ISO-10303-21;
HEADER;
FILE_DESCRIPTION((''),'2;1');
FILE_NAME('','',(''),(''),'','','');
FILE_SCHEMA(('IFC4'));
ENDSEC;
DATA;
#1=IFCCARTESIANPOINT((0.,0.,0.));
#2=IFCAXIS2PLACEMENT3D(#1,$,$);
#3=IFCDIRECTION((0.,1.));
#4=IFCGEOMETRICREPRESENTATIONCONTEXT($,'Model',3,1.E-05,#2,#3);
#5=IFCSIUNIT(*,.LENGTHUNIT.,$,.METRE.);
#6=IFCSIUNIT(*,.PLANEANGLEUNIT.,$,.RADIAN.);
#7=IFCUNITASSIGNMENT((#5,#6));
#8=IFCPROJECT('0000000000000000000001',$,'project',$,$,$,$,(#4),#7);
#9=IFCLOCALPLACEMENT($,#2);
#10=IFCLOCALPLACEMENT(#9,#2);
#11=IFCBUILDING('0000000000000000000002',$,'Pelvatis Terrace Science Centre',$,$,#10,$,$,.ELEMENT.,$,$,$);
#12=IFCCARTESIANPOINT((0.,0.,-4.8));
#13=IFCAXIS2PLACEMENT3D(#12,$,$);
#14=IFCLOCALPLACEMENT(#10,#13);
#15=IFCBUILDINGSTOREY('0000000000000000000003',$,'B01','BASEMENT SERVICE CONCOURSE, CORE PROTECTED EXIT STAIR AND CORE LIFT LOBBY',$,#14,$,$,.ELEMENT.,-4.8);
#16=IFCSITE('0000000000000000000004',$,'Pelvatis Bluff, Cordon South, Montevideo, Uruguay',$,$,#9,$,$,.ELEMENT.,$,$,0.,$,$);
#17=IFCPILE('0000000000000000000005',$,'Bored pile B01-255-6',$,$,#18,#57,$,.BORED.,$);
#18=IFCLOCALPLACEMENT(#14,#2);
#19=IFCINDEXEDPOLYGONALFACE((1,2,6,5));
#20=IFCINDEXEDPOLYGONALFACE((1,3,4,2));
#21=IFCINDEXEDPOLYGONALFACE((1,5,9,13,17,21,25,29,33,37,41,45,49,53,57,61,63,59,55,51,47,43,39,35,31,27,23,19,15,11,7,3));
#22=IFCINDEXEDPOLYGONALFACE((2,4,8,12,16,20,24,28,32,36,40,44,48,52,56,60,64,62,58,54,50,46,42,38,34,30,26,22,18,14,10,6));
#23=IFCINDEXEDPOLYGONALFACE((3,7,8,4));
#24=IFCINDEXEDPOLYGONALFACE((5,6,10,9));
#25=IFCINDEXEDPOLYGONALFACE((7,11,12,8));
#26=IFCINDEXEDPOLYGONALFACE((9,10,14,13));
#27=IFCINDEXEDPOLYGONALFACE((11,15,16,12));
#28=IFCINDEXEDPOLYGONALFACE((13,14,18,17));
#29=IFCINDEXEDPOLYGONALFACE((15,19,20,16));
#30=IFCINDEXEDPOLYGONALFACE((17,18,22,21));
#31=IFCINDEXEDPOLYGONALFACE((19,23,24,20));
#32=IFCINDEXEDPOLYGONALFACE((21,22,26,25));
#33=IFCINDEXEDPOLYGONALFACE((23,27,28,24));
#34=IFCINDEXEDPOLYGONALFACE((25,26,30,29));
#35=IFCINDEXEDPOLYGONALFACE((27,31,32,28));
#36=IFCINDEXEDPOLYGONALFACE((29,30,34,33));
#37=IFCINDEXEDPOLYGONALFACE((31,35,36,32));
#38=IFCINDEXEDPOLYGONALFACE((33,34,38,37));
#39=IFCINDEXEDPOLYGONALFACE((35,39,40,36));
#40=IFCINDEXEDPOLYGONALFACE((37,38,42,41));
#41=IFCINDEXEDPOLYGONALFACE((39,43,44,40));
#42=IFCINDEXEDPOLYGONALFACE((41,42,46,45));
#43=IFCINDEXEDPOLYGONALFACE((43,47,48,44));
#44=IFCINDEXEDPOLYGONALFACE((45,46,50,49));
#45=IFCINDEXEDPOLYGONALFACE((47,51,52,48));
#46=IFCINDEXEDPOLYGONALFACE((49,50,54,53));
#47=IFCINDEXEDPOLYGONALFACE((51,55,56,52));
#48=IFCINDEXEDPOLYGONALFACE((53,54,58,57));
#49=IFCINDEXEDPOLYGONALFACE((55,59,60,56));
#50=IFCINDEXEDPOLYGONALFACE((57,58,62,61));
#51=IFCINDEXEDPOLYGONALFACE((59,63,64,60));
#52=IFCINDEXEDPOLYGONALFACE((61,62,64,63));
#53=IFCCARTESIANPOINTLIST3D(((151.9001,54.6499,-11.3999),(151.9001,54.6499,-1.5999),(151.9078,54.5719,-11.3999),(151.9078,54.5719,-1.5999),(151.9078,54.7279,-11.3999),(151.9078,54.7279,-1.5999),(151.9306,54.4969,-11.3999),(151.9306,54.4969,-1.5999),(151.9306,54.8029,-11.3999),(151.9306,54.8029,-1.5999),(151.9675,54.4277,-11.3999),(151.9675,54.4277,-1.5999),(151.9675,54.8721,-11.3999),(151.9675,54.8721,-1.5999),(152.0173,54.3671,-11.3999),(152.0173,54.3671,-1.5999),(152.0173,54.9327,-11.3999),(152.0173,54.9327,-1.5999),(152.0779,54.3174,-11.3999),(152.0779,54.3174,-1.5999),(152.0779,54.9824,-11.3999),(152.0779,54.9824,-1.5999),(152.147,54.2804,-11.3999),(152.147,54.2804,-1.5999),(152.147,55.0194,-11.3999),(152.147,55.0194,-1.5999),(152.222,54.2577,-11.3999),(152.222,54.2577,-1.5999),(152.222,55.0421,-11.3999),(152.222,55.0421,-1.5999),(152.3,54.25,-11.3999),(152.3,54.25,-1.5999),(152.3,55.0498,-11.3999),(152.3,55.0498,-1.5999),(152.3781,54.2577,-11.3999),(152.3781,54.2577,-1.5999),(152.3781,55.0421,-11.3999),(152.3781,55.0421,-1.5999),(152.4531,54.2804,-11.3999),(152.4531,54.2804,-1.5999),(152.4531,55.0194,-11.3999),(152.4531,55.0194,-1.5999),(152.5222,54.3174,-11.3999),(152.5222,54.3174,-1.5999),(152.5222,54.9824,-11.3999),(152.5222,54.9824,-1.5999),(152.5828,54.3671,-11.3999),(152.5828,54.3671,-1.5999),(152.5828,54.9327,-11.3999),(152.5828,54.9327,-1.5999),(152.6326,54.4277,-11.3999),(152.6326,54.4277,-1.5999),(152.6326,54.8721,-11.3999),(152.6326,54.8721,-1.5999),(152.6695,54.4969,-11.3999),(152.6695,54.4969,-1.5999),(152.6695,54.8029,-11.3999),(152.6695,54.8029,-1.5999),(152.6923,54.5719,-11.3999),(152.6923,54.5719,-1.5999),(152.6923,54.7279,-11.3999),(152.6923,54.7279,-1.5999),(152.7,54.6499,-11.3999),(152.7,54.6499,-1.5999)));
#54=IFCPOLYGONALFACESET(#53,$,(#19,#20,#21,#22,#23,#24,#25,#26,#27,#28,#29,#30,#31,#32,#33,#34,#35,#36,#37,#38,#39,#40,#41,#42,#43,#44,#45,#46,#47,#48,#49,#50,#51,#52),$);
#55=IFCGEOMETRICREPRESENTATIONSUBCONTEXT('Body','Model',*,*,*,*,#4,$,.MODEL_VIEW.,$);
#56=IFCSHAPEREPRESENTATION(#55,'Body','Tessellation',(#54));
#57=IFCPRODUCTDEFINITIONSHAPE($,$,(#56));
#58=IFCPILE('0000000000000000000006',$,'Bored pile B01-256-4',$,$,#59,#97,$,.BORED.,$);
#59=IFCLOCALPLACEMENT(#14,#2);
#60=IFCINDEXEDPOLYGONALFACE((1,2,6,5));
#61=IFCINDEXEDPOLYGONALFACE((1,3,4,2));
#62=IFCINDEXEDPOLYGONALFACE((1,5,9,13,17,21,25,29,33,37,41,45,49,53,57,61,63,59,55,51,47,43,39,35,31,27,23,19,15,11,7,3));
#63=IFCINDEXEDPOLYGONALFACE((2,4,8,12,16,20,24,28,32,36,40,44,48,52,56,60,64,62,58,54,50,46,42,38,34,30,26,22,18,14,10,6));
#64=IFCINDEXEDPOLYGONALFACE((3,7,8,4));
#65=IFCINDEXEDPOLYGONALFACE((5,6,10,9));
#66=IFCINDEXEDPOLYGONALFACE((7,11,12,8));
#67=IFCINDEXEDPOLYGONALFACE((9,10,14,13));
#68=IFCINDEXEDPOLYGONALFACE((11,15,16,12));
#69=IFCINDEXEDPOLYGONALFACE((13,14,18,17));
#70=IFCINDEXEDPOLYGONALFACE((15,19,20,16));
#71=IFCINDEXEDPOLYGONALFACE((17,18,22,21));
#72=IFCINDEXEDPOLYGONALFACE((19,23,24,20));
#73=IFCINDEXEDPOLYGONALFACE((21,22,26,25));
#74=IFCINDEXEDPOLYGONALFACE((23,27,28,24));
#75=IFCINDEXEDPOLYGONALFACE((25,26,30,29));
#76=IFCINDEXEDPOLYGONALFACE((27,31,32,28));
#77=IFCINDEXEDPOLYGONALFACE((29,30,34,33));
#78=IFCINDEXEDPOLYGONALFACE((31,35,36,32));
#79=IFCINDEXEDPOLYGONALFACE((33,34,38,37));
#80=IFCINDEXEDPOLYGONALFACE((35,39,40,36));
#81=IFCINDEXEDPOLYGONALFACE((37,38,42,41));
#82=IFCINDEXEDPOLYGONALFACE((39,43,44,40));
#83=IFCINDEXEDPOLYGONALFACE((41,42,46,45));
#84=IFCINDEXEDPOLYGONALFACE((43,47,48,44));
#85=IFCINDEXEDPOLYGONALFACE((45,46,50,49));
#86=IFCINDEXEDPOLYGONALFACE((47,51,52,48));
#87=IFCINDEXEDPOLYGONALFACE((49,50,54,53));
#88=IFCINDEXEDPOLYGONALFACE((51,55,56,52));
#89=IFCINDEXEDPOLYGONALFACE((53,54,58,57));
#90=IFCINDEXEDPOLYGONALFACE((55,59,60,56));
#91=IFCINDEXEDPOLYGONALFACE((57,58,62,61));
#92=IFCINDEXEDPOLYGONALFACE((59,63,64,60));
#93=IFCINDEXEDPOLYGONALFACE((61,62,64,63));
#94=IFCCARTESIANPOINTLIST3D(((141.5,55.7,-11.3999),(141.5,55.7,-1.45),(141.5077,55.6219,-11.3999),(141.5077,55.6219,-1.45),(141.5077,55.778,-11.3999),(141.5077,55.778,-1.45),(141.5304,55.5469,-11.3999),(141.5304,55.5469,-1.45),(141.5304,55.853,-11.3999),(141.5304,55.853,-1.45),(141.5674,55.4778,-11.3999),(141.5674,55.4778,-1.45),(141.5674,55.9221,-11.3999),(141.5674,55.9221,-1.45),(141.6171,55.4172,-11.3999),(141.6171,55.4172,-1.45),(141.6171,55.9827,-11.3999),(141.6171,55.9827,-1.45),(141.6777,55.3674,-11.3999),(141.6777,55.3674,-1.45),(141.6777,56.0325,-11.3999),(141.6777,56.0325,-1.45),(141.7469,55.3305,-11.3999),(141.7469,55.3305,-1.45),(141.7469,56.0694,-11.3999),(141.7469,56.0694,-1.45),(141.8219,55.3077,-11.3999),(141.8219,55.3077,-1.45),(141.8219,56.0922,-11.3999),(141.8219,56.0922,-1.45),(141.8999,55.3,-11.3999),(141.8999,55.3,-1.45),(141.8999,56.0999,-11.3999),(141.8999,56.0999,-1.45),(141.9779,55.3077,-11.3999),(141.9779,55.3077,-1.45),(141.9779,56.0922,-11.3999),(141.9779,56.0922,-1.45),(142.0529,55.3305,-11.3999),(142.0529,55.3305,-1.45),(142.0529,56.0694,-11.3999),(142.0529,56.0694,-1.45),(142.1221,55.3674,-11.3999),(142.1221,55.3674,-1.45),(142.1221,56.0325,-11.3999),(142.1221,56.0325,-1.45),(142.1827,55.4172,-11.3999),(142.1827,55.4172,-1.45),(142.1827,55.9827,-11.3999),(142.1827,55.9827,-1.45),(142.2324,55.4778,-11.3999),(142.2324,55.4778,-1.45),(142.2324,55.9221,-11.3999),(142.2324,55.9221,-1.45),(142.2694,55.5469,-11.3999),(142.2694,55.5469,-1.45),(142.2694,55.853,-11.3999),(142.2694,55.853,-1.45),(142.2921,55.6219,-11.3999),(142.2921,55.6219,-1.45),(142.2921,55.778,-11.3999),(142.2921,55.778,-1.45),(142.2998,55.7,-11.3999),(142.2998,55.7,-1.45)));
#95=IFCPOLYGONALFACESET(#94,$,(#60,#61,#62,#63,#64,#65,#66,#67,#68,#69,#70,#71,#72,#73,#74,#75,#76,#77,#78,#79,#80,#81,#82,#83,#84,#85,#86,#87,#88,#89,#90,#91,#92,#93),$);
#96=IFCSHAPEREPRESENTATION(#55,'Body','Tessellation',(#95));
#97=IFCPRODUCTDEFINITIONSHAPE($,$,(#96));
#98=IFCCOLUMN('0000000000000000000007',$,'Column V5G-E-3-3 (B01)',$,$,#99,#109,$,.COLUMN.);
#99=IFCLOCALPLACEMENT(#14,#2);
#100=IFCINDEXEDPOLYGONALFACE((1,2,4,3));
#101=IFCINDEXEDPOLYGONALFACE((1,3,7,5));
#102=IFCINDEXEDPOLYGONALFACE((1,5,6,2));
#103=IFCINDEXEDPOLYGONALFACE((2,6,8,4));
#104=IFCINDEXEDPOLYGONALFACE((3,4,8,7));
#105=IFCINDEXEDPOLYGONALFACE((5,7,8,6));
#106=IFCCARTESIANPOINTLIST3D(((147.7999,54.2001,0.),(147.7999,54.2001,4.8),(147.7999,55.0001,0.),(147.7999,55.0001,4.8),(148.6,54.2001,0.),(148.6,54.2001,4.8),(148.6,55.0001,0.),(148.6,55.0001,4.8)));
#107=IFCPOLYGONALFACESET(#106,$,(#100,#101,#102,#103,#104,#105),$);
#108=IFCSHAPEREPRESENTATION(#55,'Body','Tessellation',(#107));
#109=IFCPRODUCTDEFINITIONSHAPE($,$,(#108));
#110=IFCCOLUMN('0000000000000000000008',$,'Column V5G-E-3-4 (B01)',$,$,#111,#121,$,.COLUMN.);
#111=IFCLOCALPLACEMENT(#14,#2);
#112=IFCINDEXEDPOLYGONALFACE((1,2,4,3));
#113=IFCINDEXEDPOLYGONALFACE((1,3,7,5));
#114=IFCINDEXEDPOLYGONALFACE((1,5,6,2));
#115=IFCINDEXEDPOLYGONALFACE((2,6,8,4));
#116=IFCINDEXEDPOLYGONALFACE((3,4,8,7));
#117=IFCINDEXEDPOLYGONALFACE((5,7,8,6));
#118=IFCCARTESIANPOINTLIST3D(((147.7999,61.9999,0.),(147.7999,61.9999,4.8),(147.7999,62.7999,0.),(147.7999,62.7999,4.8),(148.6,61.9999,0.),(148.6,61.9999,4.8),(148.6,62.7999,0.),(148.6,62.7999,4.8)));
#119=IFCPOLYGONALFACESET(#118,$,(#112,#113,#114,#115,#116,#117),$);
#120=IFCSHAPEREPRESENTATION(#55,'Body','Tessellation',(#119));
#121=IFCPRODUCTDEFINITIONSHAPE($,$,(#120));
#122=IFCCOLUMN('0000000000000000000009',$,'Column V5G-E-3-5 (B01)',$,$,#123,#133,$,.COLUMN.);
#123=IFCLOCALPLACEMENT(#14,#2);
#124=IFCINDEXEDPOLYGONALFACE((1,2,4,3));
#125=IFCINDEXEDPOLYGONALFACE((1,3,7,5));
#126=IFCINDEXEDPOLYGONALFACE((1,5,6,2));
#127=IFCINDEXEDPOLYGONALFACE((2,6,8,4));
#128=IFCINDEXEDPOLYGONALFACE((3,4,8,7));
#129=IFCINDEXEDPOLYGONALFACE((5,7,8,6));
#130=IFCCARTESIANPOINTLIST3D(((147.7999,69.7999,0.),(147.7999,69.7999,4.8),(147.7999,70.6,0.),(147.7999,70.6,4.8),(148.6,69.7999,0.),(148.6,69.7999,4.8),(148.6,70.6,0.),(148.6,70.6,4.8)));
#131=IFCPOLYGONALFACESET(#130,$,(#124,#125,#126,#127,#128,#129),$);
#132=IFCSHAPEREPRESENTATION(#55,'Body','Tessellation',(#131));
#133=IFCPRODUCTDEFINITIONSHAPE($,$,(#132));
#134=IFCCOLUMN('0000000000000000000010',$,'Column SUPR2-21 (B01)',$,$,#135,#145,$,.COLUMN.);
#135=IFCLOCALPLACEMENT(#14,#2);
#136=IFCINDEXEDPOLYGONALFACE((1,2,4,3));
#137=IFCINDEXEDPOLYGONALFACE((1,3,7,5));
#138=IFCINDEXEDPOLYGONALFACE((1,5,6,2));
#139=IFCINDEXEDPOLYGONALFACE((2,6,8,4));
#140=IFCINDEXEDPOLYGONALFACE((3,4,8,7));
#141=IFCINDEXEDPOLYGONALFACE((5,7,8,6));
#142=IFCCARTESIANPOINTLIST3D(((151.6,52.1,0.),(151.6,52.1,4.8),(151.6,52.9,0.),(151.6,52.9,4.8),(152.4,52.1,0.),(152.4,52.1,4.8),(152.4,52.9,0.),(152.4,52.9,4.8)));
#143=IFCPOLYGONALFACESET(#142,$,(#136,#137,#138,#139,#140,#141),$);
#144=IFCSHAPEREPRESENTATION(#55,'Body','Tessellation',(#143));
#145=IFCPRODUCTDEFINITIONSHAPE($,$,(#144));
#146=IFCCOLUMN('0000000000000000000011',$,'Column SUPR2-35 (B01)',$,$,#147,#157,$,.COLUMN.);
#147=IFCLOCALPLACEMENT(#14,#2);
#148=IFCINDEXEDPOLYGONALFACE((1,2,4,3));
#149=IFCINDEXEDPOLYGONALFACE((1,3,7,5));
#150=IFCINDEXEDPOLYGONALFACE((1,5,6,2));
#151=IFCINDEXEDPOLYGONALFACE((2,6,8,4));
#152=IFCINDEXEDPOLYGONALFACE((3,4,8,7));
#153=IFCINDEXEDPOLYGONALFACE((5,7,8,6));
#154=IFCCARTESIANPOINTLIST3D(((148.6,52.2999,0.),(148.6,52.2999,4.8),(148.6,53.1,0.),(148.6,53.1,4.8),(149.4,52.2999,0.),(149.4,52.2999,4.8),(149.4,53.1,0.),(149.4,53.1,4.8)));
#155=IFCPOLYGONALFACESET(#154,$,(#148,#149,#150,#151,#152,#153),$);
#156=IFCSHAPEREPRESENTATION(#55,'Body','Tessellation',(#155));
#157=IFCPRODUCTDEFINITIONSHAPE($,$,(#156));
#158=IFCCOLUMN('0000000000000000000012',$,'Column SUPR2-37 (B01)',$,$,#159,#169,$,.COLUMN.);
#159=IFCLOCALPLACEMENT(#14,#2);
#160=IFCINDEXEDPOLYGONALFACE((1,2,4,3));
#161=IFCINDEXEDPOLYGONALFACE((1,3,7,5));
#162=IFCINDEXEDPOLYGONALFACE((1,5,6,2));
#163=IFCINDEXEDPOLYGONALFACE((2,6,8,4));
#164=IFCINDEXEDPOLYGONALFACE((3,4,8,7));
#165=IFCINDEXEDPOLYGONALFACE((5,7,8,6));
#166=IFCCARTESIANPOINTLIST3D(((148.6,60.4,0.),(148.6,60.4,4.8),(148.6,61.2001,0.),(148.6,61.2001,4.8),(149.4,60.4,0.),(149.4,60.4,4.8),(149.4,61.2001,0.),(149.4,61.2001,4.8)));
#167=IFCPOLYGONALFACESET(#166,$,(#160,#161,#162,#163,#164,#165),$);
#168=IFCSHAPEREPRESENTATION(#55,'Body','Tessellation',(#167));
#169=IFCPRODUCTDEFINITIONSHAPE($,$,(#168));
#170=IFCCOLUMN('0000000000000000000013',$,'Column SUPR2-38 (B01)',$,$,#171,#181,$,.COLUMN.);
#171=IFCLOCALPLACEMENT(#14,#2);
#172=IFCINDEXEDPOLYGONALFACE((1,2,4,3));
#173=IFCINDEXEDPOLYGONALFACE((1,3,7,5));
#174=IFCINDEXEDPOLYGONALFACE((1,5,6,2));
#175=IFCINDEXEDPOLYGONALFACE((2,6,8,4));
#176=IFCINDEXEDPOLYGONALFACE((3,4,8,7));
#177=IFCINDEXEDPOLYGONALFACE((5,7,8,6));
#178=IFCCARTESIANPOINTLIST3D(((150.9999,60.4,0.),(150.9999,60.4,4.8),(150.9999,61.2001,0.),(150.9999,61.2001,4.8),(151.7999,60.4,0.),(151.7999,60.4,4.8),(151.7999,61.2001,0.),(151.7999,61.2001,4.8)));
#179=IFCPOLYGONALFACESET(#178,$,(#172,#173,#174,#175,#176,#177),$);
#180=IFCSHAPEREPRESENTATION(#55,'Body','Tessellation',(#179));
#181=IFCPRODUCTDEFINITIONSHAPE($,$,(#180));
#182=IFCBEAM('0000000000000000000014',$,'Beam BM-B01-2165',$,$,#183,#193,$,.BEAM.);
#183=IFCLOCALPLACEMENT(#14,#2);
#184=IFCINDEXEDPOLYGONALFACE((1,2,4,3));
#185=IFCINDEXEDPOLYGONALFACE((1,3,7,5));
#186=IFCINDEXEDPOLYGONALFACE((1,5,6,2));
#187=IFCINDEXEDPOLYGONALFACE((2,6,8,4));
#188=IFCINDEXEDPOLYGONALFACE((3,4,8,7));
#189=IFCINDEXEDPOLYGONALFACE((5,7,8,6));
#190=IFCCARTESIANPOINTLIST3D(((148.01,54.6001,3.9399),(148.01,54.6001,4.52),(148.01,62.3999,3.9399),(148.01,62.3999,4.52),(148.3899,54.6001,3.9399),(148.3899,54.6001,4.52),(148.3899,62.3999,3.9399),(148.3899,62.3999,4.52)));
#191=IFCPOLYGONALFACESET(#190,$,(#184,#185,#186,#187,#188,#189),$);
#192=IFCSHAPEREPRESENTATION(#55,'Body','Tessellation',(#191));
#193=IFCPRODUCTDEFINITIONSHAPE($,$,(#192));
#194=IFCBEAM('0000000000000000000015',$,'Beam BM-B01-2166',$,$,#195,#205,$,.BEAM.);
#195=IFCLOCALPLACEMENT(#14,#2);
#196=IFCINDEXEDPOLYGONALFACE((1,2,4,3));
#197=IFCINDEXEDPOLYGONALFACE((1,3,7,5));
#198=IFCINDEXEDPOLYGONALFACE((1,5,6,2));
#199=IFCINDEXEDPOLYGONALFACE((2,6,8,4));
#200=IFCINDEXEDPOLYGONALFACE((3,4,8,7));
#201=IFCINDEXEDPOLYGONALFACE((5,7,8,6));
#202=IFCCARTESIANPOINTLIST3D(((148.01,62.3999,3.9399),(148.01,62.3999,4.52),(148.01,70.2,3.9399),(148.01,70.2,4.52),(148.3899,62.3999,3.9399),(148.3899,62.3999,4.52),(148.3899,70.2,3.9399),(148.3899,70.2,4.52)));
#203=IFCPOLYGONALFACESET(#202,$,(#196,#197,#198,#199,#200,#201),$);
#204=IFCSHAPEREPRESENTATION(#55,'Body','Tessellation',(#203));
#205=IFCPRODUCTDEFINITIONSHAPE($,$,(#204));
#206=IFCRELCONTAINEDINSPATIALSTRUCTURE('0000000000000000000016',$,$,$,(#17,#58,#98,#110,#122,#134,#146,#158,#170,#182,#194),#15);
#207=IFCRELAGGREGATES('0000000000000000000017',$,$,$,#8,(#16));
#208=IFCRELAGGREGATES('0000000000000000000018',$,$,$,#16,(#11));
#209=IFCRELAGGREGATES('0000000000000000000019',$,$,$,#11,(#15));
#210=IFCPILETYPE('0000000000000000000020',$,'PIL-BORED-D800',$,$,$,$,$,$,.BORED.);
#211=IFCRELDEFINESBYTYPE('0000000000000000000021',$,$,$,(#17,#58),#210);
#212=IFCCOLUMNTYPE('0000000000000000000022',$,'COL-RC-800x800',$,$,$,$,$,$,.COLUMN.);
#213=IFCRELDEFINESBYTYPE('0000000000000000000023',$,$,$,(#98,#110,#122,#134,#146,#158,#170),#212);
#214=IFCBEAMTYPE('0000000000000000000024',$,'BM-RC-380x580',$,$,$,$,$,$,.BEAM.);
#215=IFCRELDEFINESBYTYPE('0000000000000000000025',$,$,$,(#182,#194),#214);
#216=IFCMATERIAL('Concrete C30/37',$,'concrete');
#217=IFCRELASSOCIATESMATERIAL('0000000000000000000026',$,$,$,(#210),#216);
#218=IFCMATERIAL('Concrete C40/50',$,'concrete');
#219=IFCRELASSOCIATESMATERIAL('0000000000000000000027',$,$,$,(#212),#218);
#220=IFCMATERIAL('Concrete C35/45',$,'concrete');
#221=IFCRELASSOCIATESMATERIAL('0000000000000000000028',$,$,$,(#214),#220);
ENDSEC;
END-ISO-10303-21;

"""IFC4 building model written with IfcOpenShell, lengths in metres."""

from ifc_helpers import new_model, si_unit, direction, frame, origin, origin_2d, place, context, subcontext, project, spatial, rectangle, circle, extrude, material, material_profile, profile_set, type_object, element, save


model = new_model("IFC4")

# Units and contexts
model_context = context("Model", 3, precision=1e-05, world=origin(), true_north=direction((0.0, 1.0)))
body_context = subcontext(model_context, "Body", "Model", "MODEL_VIEW")
ifc_project = project(units=[si_unit("LENGTHUNIT", "METRE"), si_unit("PLANEANGLEUNIT", "RADIAN")], contexts=[model_context])

# Site, building, storey
site_placement = place(None, origin())
site = spatial("IfcSite", under=ifc_project, at=site_placement, Name="Pelvatis Bluff, Cordon South, Montevideo, Uruguay", CompositionType="ELEMENT", RefElevation=0.0)
building_placement = place(site_placement, origin())
building = spatial("IfcBuilding", under=site, at=building_placement, Name="Pelvatis Terrace Science Centre", CompositionType="ELEMENT")
storey_placement = place(building_placement, frame((0.0, 0.0, -4.8)))
storey = spatial("IfcBuildingStorey", under=building, at=storey_placement, Name="B01", Description="BASEMENT SERVICE CONCOURSE, CORE PROTECTED EXIT STAIR AND CORE LIFT LOBBY", CompositionType="ELEMENT", Elevation=-4.8)

# Piles
ifc_material_1 = material(Name="Concrete C30/37", Category="concrete")
ifc_material_profile_1 = material_profile(ifc_material_1, circle(Radius=0.3999, at=origin_2d()), Name="PILE D800")
ifc_profile_set_1 = profile_set([ifc_material_profile_1], Name="Concrete C30/37")
pile_type = type_object("IfcPileType", Name="PIL-BORED-D800", PredefinedType="BORED", material=ifc_profile_set_1)
for number, where, z_axis, x_axis, name in (
    (1, (152.3, 54.6499, -1.5999), (0.0, 0.0, -1.0), (1.0, 0.0, 0.0), "Bored pile B01-255-6"),
):
    element("IfcPile", number, at=place(storey_placement, frame(where, z_axis=z_axis, x_axis=x_axis)), inside=storey, type_object=pile_type, Name=name, PredefinedType="BORED", context=body_context, shape_type="SweptSolid", body=[
        extrude(circle(Radius=0.3999, at=origin_2d()), origin(), (0.0, 0.0, 1.0), 9.8),
    ])
pile_placement = place(storey_placement, frame((141.8999, 55.7, -1.45), z_axis=(0.0, 0.0, -1.0), x_axis=(1.0, 0.0, 0.0)))
element("IfcPile", 2, at=pile_placement, inside=storey, type_object=pile_type, Name="Bored pile B01-256-4", PredefinedType="BORED", context=body_context, shape_type="SweptSolid", body=[
    extrude(circle(Radius=0.3999, at=origin_2d()), origin(), (0.0, 0.0, 1.0), 9.95),
])

# Columns
ifc_material_2 = material(Name="Concrete C40/50", Category="concrete")
ifc_material_profile_2 = material_profile(ifc_material_2, rectangle(XDim=0.8, YDim=0.8, at=origin_2d()), Name="RC-COL 800x800")
ifc_profile_set_2 = profile_set([ifc_material_profile_2], Name="Concrete C40/50")
column_type = type_object("IfcColumnType", Name="COL-RC-800x800", PredefinedType="COLUMN", material=ifc_profile_set_2)
for number, where, z_axis, x_axis, name in (
    (3, (148.2, 54.6001, 0.0), (0.0, 0.0, 1.0), (1.0, 0.0, 0.0), "Column V5G-E-3-3 (B01)"),
    (4, (148.2, 62.3999, 0.0), (0.0, 0.0, 1.0), (1.0, 0.0, 0.0), "Column V5G-E-3-4 (B01)"),
    (5, (148.2, 70.2, 0.0), (0.0, 0.0, 1.0), (1.0, 0.0, 0.0), "Column V5G-E-3-5 (B01)"),
    (6, (152.0, 52.5, 0.0), (0.0, 0.0, 1.0), (1.0, 0.0, 0.0), "Column SUPR2-21 (B01)"),
    (7, (149.0, 52.7, 0.0), (0.0, 0.0, 1.0), (1.0, 0.0, 0.0), "Column SUPR2-35 (B01)"),
    (8, (149.0, 60.8, 0.0), (0.0, 0.0, 1.0), (1.0, 0.0, 0.0), "Column SUPR2-37 (B01)"),
    (9, (151.3999, 60.8, 0.0), (0.0, 0.0, 1.0), (1.0, 0.0, 0.0), "Column SUPR2-38 (B01)"),
):
    element("IfcColumn", number, at=place(storey_placement, frame(where, z_axis=z_axis, x_axis=x_axis)), inside=storey, type_object=column_type, Name=name, PredefinedType="COLUMN", context=body_context, shape_type="SweptSolid", body=[
        extrude(rectangle(XDim=0.8, YDim=0.8, at=origin_2d()), origin(), (0.0, 0.0, 1.0), 4.8),
    ])

# Beams
ifc_material_3 = material(Name="Concrete C35/45", Category="concrete")
ifc_material_profile_3 = material_profile(ifc_material_3, rectangle(XDim=0.3799, YDim=0.5801, at=origin_2d()), Name="RC-BM 380x580")
ifc_profile_set_3 = profile_set([ifc_material_profile_3], Name="Concrete C35/45")
beam_type_1 = type_object("IfcBeamType", Name="BM-RC-380x580", PredefinedType="BEAM", material=ifc_profile_set_3)
beam_1_placement = place(storey_placement, frame((148.2, 54.6001, 4.23), z_axis=(0.0, 1.0, 0.0), x_axis=(-1.0, 0.0, 0.0)))
element("IfcBeam", 10, at=beam_1_placement, inside=storey, type_object=beam_type_1, Name="Beam BM-B01-2165", PredefinedType="BEAM", context=body_context, shape_type="SweptSolid", body=[
    extrude(rectangle(XDim=0.3799, YDim=0.5801, at=origin_2d()), origin(), (0.0, 0.0, 1.0), 7.7998),
])
beam_2_placement = place(storey_placement, frame((148.2, 62.3999, 4.23), z_axis=(0.0, 1.0, 0.0), x_axis=(-1.0, 0.0, 0.0)))
element("IfcBeam", 11, at=beam_2_placement, inside=storey, type_object=beam_type_1, Name="Beam BM-B01-2166", PredefinedType="BEAM", context=body_context, shape_type="SweptSolid", body=[
    extrude(rectangle(XDim=0.3799, YDim=0.5801, at=origin_2d()), origin(), (0.0, 0.0, 1.0), 7.8),
])

save(model, "model.ifc")
